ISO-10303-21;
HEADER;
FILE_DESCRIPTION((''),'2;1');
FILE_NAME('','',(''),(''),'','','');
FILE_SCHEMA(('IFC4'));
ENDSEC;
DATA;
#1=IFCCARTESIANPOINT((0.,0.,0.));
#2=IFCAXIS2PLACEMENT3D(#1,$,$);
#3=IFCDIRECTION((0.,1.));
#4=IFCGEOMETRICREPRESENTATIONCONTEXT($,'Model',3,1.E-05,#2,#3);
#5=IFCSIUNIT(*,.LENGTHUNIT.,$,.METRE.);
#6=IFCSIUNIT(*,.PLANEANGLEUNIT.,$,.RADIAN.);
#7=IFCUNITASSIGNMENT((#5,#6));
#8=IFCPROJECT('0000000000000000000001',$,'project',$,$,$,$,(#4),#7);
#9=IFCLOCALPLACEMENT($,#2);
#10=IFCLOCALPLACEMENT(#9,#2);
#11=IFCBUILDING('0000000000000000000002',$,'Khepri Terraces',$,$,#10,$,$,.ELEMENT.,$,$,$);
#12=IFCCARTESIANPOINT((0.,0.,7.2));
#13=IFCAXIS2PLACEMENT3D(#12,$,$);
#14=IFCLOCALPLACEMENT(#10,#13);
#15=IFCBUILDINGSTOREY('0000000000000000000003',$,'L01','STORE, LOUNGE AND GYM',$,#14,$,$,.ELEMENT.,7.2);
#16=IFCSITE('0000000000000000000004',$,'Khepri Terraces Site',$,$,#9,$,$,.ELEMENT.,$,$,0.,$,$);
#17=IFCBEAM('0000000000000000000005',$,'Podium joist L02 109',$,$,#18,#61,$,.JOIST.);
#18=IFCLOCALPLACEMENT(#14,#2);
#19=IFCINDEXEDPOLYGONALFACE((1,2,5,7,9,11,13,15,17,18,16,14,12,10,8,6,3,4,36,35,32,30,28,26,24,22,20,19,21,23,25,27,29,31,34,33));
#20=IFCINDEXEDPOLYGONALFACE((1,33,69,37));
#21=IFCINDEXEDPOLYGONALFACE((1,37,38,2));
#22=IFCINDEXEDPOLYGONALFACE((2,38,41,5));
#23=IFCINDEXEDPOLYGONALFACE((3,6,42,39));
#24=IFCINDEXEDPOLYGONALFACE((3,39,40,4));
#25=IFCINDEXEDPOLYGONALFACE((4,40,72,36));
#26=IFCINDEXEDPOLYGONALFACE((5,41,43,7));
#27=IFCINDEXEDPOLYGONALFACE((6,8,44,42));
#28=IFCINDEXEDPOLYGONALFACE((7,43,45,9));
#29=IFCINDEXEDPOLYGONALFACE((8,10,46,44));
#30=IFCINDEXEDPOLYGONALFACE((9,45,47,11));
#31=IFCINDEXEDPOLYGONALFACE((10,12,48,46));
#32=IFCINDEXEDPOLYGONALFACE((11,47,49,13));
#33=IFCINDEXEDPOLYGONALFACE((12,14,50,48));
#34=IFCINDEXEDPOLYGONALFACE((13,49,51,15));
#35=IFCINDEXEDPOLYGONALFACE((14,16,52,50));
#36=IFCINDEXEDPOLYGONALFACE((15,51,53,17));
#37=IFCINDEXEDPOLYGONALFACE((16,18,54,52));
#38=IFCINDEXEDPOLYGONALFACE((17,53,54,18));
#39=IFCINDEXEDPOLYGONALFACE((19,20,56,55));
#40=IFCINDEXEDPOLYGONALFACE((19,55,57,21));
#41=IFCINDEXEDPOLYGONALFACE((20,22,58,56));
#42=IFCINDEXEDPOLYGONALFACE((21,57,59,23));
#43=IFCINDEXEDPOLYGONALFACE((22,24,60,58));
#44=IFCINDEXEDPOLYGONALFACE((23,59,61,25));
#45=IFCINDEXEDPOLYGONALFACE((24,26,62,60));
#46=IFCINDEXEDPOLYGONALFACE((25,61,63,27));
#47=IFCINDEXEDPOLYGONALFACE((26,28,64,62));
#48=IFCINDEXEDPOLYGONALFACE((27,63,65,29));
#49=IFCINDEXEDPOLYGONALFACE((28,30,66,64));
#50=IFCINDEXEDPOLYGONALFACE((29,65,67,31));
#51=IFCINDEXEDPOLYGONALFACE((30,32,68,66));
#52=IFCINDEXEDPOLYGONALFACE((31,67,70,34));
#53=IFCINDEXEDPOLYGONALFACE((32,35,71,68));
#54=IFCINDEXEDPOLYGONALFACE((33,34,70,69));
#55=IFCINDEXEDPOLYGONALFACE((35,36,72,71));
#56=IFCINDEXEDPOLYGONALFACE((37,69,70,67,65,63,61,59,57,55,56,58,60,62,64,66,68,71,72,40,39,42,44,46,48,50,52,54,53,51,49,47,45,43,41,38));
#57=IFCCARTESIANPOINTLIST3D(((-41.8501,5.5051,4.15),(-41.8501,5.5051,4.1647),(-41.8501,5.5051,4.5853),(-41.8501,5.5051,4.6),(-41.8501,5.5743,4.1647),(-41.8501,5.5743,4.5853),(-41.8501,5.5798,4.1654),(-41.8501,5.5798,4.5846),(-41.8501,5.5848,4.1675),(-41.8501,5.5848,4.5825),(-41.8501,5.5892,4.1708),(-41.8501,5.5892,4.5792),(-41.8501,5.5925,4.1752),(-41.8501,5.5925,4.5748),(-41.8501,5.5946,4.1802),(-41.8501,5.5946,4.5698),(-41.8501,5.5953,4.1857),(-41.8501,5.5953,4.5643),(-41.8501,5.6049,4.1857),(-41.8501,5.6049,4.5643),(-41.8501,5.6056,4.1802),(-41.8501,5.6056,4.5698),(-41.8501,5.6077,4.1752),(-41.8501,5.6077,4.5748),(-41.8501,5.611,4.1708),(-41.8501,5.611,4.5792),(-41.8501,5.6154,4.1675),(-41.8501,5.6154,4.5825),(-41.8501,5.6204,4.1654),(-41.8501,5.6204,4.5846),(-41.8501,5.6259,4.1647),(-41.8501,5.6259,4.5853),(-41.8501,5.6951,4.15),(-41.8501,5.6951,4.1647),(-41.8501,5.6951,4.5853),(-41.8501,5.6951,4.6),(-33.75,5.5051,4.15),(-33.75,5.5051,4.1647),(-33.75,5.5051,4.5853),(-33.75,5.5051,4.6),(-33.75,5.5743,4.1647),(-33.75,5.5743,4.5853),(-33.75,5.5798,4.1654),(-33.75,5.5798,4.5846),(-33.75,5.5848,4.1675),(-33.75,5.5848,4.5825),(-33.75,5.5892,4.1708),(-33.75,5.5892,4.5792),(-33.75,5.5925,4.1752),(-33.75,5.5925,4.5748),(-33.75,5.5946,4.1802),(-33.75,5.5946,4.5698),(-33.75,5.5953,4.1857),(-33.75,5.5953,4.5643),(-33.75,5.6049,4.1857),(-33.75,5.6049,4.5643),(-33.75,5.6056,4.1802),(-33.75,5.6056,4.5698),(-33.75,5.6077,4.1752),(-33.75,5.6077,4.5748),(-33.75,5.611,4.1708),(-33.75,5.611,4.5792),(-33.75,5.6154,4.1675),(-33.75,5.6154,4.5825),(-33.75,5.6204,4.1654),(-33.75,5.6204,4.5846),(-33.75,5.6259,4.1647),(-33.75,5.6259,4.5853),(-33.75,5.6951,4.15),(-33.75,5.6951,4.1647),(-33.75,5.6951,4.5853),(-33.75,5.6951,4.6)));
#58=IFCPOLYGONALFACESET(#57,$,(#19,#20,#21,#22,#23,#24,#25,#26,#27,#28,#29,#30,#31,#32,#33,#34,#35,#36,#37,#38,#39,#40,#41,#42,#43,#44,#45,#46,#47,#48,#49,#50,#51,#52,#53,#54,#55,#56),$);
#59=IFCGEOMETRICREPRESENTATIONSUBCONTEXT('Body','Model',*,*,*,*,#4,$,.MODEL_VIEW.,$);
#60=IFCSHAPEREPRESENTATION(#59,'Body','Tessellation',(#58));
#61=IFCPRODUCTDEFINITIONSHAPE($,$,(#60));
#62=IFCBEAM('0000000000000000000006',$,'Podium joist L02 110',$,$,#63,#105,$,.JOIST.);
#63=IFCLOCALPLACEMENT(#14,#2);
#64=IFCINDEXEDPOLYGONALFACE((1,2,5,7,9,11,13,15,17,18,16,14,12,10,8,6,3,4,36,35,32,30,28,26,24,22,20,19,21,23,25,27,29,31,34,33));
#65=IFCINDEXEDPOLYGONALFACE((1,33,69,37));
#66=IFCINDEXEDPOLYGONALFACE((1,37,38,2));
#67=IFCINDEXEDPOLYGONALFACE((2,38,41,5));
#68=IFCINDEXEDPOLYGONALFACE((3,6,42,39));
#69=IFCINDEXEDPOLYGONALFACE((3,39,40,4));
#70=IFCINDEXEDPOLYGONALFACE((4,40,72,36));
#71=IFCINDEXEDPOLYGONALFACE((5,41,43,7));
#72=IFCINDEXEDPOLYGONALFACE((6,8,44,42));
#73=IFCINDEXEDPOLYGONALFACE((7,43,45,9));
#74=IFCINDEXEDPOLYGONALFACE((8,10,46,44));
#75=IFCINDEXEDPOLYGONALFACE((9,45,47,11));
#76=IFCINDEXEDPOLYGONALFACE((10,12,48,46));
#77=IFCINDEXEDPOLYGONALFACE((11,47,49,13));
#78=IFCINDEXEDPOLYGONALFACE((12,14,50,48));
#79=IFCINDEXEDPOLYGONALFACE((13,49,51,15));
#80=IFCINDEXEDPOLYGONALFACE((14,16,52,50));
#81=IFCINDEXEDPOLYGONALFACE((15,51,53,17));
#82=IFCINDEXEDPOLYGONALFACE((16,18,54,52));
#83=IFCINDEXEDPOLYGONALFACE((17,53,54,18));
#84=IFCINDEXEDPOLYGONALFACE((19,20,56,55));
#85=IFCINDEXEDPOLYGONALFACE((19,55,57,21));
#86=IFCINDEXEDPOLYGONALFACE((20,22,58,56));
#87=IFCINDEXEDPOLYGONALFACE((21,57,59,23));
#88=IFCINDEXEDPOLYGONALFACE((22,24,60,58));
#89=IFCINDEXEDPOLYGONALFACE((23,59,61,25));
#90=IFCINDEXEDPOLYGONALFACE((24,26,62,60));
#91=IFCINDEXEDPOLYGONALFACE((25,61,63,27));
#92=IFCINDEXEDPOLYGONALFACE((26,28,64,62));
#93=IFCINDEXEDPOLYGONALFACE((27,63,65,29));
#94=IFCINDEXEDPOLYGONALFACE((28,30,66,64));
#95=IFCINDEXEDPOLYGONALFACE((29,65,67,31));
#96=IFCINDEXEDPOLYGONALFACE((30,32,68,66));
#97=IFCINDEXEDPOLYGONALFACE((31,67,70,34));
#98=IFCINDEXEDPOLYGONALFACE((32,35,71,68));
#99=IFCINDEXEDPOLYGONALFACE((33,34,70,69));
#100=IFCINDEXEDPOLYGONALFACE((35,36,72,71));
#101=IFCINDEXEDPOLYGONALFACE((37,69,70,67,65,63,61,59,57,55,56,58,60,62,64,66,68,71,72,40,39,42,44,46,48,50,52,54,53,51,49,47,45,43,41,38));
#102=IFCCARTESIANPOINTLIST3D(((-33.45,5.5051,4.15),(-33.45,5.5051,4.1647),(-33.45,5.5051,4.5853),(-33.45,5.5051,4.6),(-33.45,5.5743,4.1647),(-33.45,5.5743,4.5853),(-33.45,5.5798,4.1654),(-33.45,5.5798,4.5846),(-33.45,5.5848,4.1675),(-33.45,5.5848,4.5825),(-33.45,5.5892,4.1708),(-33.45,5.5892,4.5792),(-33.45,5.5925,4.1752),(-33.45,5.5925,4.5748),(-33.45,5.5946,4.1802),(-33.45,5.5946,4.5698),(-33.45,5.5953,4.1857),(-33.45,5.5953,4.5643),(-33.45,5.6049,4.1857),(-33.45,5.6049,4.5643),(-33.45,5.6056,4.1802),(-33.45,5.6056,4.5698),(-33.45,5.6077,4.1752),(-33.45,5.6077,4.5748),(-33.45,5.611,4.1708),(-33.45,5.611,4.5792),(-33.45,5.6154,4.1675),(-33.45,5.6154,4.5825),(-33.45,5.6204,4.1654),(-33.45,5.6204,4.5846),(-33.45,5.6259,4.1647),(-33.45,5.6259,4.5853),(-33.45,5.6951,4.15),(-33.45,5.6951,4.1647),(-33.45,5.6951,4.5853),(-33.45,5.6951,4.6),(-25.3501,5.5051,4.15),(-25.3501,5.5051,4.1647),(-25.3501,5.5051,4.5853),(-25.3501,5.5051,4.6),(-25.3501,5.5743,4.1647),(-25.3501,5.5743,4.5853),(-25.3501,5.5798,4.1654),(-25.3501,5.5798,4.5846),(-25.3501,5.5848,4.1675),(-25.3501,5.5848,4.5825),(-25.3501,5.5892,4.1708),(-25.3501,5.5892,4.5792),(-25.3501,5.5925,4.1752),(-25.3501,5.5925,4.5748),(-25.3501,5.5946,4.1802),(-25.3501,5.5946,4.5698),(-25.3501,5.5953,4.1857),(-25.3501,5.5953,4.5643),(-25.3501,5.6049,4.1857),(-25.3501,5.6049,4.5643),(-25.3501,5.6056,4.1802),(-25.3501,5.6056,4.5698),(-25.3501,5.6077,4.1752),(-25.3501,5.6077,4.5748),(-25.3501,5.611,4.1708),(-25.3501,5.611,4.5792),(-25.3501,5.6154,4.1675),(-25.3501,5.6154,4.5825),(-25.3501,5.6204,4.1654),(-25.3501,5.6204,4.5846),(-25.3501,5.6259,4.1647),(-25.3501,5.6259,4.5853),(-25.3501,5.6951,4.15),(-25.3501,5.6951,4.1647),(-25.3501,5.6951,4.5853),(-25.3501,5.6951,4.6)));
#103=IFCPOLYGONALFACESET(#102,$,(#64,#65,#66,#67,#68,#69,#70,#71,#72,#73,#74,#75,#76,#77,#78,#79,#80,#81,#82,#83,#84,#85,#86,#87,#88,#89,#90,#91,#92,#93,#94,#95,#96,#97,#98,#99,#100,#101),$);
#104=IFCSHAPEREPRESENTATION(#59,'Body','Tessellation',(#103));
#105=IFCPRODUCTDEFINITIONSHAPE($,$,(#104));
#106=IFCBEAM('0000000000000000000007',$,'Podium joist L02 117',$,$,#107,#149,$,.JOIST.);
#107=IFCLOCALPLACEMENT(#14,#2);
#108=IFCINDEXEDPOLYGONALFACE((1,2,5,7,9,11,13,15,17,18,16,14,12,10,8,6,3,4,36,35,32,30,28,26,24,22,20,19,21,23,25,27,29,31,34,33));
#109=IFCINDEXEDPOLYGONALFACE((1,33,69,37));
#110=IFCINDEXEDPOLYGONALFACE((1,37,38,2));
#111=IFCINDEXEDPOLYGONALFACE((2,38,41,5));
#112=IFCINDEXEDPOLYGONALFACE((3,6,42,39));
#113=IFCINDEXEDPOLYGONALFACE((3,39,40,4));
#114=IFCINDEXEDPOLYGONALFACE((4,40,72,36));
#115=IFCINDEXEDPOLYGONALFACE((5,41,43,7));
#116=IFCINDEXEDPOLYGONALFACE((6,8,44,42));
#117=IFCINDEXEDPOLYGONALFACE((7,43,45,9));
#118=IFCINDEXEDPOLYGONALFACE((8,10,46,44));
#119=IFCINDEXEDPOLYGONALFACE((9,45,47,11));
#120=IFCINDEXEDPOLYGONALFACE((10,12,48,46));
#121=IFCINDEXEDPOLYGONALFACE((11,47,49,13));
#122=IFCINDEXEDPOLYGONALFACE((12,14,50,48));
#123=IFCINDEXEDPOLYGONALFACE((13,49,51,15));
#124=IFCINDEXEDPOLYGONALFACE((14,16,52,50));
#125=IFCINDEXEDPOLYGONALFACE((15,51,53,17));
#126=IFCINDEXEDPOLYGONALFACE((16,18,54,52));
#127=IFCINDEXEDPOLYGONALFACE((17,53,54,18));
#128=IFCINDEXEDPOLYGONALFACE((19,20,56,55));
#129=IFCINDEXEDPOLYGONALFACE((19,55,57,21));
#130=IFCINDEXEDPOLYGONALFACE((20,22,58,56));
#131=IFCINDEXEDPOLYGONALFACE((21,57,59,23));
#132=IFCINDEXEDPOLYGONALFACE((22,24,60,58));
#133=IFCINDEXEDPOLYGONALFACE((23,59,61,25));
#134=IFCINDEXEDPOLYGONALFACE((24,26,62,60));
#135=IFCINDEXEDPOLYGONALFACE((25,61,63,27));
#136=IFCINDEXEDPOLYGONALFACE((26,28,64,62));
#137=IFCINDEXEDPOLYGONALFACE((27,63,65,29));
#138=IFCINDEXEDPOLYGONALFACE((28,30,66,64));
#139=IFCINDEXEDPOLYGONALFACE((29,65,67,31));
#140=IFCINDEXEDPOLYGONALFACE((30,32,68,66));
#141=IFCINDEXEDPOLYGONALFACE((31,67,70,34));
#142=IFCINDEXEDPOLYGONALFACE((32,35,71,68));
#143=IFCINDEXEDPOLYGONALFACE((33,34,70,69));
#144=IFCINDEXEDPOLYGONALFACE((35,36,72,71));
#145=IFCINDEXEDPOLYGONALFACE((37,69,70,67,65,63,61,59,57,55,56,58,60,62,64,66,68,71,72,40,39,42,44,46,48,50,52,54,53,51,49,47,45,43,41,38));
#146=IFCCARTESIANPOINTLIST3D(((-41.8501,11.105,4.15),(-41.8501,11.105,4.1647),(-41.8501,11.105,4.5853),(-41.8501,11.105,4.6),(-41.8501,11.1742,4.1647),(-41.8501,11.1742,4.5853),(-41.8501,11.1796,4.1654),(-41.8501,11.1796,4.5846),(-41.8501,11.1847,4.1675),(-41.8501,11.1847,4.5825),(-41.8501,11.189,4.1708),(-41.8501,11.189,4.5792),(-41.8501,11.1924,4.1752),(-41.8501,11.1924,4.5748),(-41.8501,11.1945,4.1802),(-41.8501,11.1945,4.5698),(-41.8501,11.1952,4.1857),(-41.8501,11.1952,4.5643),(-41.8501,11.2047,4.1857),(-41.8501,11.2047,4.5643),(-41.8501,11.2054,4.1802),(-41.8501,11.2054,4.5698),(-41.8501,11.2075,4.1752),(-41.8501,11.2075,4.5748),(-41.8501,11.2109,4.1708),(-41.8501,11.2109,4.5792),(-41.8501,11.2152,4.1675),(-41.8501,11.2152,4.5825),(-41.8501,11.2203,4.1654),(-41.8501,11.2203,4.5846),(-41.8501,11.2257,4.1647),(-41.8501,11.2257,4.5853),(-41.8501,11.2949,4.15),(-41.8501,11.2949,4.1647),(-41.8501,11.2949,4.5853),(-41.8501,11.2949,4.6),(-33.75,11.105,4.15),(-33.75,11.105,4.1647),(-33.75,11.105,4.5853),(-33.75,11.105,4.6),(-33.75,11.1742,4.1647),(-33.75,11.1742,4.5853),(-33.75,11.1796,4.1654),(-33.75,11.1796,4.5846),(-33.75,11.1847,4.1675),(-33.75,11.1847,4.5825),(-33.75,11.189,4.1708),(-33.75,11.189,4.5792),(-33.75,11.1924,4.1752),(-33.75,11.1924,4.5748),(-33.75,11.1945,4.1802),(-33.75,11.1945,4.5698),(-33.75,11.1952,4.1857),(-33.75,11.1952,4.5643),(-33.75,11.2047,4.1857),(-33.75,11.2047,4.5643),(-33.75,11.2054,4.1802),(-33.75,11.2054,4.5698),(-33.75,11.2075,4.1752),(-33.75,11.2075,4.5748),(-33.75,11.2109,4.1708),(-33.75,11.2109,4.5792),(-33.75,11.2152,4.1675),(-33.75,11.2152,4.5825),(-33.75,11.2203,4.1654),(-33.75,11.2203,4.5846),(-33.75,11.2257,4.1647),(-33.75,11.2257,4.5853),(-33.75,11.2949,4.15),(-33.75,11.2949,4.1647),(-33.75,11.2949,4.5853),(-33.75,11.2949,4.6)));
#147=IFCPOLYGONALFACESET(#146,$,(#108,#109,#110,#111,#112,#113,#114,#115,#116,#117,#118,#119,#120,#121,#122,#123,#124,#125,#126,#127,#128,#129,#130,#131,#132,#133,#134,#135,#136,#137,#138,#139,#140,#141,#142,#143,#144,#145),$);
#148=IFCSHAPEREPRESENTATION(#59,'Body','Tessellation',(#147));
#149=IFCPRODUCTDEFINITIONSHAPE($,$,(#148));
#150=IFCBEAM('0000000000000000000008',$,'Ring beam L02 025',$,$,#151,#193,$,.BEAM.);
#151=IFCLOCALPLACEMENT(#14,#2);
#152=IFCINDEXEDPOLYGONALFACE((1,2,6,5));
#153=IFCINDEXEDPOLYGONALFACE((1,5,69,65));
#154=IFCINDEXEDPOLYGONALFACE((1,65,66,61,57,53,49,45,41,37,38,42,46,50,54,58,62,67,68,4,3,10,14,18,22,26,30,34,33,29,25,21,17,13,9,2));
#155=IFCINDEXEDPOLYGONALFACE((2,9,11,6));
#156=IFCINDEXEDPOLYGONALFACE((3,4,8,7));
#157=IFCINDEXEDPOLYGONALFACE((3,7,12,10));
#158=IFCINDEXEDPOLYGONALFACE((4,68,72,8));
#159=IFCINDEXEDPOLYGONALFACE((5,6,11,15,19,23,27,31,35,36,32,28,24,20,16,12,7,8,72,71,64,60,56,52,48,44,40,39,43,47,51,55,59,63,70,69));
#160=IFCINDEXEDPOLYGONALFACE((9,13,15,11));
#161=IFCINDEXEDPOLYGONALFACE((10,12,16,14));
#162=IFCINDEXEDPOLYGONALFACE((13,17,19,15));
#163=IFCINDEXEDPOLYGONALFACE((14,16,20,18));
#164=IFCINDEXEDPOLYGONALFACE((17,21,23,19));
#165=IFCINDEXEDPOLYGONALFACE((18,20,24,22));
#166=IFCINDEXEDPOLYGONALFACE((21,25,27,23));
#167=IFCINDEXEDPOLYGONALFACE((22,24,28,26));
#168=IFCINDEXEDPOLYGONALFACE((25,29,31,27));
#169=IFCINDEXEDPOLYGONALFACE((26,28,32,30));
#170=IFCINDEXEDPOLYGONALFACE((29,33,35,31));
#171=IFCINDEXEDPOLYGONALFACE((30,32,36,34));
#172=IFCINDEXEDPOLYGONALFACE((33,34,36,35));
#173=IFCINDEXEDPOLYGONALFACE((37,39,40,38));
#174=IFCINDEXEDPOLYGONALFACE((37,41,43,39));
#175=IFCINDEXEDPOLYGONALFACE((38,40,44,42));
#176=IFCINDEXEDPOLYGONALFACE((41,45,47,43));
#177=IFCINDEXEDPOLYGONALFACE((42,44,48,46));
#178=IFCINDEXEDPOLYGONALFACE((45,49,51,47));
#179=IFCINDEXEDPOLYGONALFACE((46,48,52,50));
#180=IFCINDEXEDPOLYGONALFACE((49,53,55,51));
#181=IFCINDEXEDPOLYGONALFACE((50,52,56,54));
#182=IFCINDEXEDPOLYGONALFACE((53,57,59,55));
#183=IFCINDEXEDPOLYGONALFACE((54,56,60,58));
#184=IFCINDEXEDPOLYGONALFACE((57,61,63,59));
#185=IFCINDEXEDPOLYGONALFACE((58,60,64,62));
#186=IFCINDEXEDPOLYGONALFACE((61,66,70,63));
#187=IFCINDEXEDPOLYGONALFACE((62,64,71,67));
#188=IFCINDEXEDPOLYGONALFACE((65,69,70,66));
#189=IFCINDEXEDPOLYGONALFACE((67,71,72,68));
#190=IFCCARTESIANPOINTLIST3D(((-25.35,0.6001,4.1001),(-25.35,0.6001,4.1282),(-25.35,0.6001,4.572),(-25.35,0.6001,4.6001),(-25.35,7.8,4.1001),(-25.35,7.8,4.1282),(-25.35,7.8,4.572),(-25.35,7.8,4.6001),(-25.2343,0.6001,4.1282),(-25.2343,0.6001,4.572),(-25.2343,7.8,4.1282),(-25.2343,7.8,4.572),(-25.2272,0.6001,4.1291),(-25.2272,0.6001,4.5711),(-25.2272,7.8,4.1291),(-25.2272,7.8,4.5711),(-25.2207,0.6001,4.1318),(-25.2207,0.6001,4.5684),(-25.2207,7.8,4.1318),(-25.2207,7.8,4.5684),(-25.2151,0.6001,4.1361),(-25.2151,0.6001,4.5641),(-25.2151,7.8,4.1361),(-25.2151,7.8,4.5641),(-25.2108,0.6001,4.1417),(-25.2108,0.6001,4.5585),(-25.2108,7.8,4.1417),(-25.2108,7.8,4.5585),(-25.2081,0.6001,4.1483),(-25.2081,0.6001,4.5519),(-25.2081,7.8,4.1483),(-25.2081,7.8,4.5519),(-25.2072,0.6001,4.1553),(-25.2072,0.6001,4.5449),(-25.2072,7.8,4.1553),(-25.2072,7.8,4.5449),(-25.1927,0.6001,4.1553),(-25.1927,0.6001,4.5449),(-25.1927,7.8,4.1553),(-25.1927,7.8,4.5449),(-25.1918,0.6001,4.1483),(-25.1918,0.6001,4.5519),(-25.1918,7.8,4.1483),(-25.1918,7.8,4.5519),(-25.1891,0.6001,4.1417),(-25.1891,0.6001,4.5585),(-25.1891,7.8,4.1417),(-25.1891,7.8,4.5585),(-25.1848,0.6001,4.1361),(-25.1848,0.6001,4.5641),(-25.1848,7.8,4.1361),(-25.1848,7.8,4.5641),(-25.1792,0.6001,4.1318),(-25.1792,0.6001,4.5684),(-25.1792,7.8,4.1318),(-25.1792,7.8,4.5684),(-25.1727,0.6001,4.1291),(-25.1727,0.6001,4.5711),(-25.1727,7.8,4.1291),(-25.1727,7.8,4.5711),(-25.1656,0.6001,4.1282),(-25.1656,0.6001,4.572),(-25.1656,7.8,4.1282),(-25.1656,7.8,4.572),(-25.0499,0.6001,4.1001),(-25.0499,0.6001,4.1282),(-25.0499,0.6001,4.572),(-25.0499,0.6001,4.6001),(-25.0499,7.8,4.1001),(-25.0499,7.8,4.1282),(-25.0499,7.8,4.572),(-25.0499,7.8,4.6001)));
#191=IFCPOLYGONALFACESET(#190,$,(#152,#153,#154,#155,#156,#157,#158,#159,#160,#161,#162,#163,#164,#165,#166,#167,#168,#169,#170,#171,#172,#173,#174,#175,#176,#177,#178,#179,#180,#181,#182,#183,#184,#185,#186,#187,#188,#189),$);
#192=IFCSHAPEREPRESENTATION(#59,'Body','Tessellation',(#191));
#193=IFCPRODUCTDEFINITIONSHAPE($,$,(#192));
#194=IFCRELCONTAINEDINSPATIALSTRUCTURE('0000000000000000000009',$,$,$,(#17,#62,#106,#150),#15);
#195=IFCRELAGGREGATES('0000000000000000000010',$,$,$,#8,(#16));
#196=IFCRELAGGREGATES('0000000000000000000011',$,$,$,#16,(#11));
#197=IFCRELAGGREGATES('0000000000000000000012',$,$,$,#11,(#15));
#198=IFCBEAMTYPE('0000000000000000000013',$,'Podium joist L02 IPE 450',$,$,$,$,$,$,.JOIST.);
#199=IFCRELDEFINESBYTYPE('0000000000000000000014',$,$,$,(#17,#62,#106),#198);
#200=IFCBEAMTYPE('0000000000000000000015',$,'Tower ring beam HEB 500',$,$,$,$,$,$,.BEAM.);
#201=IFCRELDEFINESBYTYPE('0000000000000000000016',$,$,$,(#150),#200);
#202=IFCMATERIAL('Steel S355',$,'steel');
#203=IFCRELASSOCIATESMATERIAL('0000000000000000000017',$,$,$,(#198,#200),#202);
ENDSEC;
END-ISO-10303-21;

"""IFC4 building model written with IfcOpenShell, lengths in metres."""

from ifc_helpers import new_model, si_unit, direction, frame, origin, origin_2d, place, context, subcontext, project, spatial, i_section, extrude, material, material_profile, profile_set, type_object, element, save


model = new_model("IFC4")

# Units and contexts
model_context = context("Model", 3, precision=1e-05, world=origin(), true_north=direction((0.0, 1.0)))
body_context = subcontext(model_context, "Body", "Model", "MODEL_VIEW")
ifc_project = project(units=[si_unit("LENGTHUNIT", "METRE"), si_unit("PLANEANGLEUNIT", "RADIAN")], contexts=[model_context])

# Site, building, storey
site_placement = place(None, origin())
site = spatial("IfcSite", under=ifc_project, at=site_placement, Name="Khepri Terraces Site", CompositionType="ELEMENT", RefElevation=0.0)
building_placement = place(site_placement, origin())
building = spatial("IfcBuilding", under=site, at=building_placement, Name="Khepri Terraces", CompositionType="ELEMENT")
storey_placement = place(building_placement, frame((0.0, 0.0, 7.2)))
storey = spatial("IfcBuildingStorey", under=building, at=storey_placement, Name="L01", Description="STORE, LOUNGE AND GYM", CompositionType="ELEMENT", Elevation=7.2)

# Beams
ifc_material_1 = material(Name="Steel S355", Category="steel")
ifc_material_profile_1 = material_profile(ifc_material_1, i_section(OverallWidth=0.1899, OverallDepth=0.45, WebThickness=0.0095, FlangeThickness=0.0146, FilletRadius=0.021, at=origin_2d()), Name="Steel S355", Category="steel")
ifc_profile_set_1 = profile_set([ifc_material_profile_1], Name="Steel S355")
beam_type_1 = type_object("IfcBeamType", Name="Podium joist L02 IPE 450", PredefinedType="JOIST", material=ifc_profile_set_1)
beam_1_placement = place(storey_placement, frame((-41.8501, 5.6001, 4.375), z_axis=(1.0, 0.0, 0.0), x_axis=(0.0, 1.0, 0.0)))
element("IfcBeam", 1, at=beam_1_placement, inside=storey, type_object=beam_type_1, Name="Podium joist L02 109", PredefinedType="JOIST", context=body_context, shape_type="SweptSolid", body=[
    extrude(i_section(OverallWidth=0.1899, OverallDepth=0.45, WebThickness=0.0095, FlangeThickness=0.0146, FilletRadius=0.021, at=origin_2d()), origin(), (0.0, 0.0, 1.0), 8.1001),
])
beam_2_placement = place(storey_placement, frame((-33.45, 5.6001, 4.375), z_axis=(1.0, 0.0, 0.0), x_axis=(0.0, 1.0, 0.0)))
element("IfcBeam", 2, at=beam_2_placement, inside=storey, type_object=beam_type_1, Name="Podium joist L02 110", PredefinedType="JOIST", context=body_context, shape_type="SweptSolid", body=[
    extrude(i_section(OverallWidth=0.1899, OverallDepth=0.45, WebThickness=0.0095, FlangeThickness=0.0146, FilletRadius=0.021, at=origin_2d()), origin(), (0.0, 0.0, 1.0), 8.0999),
])
beam_3_placement = place(storey_placement, frame((-41.8501, 11.2, 4.375), z_axis=(1.0, 0.0, 0.0), x_axis=(0.0, 1.0, 0.0)))
element("IfcBeam", 3, at=beam_3_placement, inside=storey, type_object=beam_type_1, Name="Podium joist L02 117", PredefinedType="JOIST", context=body_context, shape_type="SweptSolid", body=[
    extrude(i_section(OverallWidth=0.1899, OverallDepth=0.45, WebThickness=0.0095, FlangeThickness=0.0146, FilletRadius=0.021, at=origin_2d()), origin(), (0.0, 0.0, 1.0), 8.1001),
])
ifc_material_profile_2 = material_profile(ifc_material_1, i_section(OverallWidth=0.3, OverallDepth=0.5, WebThickness=0.0144, FlangeThickness=0.0281, FilletRadius=0.0271, at=origin_2d()), Name="Steel S355", Category="steel")
ifc_profile_set_2 = profile_set([ifc_material_profile_2], Name="Steel S355")
beam_type_2 = type_object("IfcBeamType", Name="Tower ring beam HEB 500", PredefinedType="BEAM", material=ifc_profile_set_2)
for number, where, z_axis, x_axis, name in (
    (4, (-25.2, 0.6001, 4.3501), (0.0, 1.0, 0.0), (-1.0, 0.0, 0.0), "Ring beam L02 025"),
):
    element("IfcBeam", number, at=place(storey_placement, frame(where, z_axis=z_axis, x_axis=x_axis)), inside=storey, type_object=beam_type_2, Name=name, PredefinedType="BEAM", context=body_context, shape_type="SweptSolid", body=[
        extrude(i_section(OverallWidth=0.3, OverallDepth=0.5, WebThickness=0.0144, FlangeThickness=0.0281, FilletRadius=0.0271, at=origin_2d()), origin(), (0.0, 0.0, 1.0), 7.2),
    ])

save(model, "model.ifc")
